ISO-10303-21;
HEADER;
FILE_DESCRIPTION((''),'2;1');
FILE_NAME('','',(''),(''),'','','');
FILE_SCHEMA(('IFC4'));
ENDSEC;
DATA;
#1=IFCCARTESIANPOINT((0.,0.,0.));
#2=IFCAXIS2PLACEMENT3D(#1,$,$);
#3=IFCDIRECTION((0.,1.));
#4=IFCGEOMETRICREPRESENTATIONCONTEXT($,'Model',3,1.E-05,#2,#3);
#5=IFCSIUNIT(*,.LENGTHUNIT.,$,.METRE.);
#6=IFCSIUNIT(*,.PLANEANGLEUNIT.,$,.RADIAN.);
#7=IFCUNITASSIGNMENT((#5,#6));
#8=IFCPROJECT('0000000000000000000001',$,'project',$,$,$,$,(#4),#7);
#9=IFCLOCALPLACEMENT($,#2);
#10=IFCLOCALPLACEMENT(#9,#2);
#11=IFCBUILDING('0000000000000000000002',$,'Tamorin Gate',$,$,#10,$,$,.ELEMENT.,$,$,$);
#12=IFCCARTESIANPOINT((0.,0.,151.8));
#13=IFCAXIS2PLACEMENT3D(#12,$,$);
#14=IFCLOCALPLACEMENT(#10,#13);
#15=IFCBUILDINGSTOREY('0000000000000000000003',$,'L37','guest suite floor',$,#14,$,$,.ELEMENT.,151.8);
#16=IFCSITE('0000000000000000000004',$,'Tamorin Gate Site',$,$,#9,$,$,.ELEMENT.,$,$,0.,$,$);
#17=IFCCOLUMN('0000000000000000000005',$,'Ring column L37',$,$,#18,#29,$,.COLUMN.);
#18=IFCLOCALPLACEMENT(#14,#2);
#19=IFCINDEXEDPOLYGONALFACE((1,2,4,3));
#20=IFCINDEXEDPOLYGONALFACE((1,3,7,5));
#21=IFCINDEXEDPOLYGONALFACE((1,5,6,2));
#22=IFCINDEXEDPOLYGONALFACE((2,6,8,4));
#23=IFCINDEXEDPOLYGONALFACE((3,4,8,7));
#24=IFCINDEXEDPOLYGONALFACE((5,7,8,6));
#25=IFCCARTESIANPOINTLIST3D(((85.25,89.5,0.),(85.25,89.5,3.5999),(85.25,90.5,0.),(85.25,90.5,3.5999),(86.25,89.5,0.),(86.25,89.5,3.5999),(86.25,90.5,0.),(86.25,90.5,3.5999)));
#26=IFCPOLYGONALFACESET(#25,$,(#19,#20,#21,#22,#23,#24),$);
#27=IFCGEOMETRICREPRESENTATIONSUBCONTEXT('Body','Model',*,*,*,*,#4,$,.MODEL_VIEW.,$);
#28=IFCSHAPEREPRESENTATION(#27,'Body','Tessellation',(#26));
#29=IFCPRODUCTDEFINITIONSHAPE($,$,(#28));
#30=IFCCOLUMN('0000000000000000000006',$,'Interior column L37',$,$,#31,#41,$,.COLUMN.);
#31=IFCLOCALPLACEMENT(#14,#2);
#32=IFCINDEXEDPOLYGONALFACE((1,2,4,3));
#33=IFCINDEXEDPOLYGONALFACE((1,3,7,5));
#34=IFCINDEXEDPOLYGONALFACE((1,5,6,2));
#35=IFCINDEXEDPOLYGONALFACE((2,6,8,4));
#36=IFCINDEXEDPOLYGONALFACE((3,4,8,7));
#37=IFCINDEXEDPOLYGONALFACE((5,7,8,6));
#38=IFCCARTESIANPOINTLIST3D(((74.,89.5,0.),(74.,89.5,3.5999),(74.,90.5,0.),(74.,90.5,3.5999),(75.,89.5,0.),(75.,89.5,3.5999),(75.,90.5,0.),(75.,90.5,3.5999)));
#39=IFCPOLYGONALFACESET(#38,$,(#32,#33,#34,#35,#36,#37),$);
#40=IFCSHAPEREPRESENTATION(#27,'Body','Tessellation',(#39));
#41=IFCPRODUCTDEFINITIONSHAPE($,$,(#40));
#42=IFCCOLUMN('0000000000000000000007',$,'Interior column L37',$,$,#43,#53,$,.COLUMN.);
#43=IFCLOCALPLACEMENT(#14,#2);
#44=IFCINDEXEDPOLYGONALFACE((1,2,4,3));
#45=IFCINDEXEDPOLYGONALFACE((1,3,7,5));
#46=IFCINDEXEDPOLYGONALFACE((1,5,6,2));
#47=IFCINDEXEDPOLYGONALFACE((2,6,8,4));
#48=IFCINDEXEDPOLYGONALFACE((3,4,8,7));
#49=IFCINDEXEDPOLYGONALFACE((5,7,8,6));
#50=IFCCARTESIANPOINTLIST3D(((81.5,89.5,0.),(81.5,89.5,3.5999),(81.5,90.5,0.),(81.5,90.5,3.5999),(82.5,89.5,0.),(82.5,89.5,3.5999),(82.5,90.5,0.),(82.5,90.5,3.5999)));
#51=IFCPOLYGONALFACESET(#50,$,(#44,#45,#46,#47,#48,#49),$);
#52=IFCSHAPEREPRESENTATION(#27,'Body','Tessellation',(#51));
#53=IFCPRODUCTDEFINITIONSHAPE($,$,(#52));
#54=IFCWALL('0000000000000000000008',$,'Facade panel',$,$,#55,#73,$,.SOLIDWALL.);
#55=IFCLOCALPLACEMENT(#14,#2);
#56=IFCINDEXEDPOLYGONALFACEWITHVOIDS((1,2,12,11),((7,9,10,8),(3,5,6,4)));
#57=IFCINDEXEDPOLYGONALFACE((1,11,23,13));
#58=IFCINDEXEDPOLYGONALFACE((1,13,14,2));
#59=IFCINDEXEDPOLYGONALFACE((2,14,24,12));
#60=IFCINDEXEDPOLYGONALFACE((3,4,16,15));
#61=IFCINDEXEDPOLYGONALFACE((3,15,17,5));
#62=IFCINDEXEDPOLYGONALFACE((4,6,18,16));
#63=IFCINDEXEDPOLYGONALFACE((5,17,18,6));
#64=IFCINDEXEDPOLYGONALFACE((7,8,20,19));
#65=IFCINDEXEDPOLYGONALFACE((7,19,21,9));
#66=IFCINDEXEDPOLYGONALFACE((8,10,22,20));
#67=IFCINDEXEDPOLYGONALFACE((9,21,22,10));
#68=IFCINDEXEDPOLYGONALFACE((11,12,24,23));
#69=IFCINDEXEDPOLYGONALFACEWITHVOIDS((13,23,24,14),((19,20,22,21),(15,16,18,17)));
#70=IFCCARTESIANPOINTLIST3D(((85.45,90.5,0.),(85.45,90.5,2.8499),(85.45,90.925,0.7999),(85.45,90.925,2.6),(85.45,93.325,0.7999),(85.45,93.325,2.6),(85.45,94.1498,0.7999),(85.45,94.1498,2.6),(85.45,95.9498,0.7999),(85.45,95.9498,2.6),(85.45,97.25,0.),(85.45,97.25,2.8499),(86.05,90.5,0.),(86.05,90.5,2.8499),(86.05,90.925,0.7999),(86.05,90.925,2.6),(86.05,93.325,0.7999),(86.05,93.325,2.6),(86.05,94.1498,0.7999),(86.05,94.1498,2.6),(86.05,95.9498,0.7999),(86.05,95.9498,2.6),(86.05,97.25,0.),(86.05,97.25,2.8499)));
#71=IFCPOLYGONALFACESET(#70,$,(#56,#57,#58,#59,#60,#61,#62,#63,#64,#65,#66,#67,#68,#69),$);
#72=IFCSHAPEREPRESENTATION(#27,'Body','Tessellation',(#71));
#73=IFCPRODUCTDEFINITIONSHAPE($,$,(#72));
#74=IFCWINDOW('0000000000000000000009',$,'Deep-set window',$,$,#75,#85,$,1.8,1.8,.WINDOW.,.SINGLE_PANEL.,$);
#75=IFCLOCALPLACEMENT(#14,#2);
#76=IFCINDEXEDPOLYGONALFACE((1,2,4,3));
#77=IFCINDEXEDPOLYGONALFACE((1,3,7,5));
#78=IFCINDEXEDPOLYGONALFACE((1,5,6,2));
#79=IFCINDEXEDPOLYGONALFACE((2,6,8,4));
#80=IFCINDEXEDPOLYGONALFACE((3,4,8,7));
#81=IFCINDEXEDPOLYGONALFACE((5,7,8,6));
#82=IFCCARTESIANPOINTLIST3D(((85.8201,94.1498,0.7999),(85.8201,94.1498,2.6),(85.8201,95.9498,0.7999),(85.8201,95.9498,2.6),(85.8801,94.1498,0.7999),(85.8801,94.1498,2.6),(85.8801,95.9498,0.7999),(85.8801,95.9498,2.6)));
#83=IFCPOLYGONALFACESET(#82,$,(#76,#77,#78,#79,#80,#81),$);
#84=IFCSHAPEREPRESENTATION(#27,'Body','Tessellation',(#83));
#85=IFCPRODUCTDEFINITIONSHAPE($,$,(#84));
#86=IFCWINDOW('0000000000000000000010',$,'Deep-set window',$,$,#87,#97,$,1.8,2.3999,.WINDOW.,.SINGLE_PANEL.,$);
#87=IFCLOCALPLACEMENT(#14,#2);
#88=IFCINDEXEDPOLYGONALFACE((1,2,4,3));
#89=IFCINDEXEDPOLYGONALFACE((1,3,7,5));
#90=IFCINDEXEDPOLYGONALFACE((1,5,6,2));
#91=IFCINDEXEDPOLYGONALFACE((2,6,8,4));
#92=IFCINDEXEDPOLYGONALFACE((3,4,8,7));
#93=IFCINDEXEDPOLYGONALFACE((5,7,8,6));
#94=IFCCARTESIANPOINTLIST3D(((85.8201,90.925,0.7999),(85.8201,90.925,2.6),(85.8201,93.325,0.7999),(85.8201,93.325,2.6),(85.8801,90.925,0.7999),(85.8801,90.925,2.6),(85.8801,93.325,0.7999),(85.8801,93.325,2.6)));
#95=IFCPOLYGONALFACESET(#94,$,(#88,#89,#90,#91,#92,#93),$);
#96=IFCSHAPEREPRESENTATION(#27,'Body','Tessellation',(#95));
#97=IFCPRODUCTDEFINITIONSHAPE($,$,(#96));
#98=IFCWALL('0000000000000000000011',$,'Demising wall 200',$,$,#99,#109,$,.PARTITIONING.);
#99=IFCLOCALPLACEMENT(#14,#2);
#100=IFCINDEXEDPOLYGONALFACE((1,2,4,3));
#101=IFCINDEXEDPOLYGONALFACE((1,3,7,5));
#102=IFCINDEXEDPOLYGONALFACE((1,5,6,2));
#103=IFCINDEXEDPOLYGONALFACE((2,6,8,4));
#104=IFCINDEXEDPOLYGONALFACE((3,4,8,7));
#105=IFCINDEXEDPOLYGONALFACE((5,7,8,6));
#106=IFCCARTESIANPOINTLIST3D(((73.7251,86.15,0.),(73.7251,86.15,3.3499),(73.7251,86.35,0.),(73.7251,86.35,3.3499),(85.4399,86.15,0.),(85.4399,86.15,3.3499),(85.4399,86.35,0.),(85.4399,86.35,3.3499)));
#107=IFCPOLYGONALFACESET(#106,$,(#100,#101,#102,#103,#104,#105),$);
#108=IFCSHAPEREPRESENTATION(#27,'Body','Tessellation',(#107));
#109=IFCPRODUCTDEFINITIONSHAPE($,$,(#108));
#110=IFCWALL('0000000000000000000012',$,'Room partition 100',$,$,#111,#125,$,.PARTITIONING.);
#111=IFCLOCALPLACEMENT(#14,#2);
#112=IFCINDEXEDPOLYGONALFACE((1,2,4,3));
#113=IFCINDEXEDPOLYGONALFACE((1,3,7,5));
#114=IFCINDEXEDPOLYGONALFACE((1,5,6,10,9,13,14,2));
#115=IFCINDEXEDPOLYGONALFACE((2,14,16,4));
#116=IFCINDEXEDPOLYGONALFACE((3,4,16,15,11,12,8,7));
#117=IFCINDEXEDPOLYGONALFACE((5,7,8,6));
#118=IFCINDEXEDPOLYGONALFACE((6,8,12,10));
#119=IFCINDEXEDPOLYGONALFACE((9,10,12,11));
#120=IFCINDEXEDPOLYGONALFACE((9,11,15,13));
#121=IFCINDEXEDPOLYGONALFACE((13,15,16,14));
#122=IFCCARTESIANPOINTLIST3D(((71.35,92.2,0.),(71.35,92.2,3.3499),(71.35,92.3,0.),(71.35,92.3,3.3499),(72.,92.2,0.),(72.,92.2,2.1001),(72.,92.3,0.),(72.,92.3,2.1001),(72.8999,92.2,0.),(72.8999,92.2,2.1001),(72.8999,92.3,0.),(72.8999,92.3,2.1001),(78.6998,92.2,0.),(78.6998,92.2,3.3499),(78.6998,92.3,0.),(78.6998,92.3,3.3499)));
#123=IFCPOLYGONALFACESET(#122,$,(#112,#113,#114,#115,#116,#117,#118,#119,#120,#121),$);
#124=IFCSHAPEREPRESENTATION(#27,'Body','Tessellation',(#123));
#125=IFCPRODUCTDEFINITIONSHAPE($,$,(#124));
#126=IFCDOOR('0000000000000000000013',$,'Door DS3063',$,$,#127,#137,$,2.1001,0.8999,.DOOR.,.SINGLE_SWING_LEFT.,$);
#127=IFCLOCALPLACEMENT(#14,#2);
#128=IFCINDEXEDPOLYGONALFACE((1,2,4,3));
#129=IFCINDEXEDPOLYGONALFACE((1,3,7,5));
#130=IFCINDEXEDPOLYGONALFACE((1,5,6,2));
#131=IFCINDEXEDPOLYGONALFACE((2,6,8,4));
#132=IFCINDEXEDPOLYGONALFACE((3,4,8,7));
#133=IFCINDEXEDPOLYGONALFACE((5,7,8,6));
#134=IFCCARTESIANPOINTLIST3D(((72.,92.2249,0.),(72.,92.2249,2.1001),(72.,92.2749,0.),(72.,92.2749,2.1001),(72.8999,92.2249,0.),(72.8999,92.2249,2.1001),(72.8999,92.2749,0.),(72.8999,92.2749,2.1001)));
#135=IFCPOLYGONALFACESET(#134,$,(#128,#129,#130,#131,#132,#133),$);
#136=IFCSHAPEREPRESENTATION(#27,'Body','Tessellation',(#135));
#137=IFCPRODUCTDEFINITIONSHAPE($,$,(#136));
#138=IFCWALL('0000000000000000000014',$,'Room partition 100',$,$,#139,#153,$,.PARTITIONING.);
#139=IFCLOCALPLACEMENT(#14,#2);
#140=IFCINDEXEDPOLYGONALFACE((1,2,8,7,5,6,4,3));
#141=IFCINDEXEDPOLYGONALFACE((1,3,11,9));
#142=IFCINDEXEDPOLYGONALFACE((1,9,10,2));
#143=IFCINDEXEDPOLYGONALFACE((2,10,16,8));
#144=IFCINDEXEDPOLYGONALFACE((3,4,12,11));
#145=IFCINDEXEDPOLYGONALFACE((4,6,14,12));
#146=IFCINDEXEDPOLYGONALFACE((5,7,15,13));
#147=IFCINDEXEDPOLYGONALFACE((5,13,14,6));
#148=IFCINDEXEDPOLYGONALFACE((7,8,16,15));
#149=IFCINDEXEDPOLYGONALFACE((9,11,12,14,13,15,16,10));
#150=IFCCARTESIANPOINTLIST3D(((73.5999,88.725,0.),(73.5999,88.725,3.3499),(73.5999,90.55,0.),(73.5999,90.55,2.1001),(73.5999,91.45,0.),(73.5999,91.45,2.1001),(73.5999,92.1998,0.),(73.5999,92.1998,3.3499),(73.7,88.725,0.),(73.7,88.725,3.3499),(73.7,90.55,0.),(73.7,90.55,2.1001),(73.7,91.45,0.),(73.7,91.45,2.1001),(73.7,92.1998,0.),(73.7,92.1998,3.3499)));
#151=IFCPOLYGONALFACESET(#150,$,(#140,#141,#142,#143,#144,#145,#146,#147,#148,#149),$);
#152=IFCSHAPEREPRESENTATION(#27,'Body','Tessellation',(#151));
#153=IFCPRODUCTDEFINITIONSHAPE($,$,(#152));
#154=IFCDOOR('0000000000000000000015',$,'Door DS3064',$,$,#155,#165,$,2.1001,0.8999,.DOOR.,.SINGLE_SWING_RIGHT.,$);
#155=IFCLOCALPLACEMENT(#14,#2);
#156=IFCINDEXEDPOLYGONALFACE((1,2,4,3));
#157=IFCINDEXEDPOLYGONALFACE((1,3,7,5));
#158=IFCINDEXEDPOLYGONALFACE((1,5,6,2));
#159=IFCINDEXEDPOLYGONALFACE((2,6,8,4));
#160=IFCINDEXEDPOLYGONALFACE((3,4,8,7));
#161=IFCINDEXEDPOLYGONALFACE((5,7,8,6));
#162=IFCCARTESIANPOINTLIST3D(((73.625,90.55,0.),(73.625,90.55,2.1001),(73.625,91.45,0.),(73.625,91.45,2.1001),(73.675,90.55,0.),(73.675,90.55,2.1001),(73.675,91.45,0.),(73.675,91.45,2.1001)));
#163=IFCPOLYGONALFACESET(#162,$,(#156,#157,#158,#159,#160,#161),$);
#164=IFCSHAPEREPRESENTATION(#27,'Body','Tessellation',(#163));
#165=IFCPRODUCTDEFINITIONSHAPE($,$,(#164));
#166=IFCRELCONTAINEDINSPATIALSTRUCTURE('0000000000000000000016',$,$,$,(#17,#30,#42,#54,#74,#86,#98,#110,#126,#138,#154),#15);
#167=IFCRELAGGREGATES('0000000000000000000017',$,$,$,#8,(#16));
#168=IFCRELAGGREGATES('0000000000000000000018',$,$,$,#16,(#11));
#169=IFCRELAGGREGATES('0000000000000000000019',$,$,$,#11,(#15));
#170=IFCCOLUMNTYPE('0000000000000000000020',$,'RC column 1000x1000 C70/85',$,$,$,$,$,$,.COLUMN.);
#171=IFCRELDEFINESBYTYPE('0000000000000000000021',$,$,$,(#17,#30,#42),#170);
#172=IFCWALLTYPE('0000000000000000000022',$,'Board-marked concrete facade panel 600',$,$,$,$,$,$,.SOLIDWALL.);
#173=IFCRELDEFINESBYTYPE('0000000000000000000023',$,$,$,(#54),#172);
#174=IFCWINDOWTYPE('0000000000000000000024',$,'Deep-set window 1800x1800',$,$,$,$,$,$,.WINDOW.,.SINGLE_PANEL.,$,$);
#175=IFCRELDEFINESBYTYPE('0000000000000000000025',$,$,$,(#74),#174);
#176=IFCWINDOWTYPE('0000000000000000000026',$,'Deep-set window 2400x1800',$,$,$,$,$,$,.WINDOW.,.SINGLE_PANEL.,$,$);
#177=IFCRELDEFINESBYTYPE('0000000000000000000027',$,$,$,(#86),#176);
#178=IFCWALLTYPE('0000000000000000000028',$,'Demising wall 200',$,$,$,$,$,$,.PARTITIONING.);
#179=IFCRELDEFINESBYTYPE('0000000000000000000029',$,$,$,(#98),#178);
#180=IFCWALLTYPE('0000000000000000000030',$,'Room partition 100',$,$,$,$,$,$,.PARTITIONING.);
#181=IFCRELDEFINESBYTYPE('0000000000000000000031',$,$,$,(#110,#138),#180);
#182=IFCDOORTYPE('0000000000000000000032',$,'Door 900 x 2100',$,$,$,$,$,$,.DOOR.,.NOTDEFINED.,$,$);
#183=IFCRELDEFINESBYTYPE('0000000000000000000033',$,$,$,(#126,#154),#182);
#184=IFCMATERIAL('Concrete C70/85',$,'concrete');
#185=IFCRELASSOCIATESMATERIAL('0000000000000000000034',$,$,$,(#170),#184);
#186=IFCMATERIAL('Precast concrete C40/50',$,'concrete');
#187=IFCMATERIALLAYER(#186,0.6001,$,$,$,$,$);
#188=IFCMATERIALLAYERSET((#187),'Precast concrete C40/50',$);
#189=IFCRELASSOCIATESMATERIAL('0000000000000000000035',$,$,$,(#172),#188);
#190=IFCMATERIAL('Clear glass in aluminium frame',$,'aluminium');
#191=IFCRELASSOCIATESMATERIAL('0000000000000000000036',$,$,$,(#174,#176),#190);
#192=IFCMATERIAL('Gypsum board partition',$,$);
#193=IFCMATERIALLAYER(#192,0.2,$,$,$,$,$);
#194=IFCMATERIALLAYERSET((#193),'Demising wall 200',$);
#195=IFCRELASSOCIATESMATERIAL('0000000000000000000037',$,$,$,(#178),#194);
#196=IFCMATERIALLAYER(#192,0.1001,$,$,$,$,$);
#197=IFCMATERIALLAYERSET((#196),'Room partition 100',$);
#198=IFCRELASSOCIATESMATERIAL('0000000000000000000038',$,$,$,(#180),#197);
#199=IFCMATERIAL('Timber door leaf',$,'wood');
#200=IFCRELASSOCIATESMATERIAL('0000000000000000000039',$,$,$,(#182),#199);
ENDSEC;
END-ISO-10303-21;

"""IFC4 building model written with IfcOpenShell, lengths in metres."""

from ifc_helpers import new_model, si_unit, direction, frame, frame_2d, origin, origin_2d, place, context, subcontext, project, spatial, rectangle, extrude, material, layer, layer_set, material_profile, profile_set, type_object, element, fill, save


model = new_model("IFC4")

# Units and contexts
model_context = context("Model", 3, precision=1e-05, world=origin(), true_north=direction((0.0, 1.0)))
body_context = subcontext(model_context, "Body", "Model", "MODEL_VIEW")
ifc_project = project(units=[si_unit("LENGTHUNIT", "METRE"), si_unit("PLANEANGLEUNIT", "RADIAN")], contexts=[model_context])

# Site, building, storey
site_placement = place(None, origin())
site = spatial("IfcSite", under=ifc_project, at=site_placement, Name="Tamorin Gate Site", CompositionType="ELEMENT", RefElevation=0.0)
building_placement = place(site_placement, origin())
building = spatial("IfcBuilding", under=site, at=building_placement, Name="Tamorin Gate", CompositionType="ELEMENT")
storey_placement = place(building_placement, frame((0.0, 0.0, 151.8)))
storey = spatial("IfcBuildingStorey", under=building, at=storey_placement, Name="L37", Description="guest suite floor", CompositionType="ELEMENT", Elevation=151.8)

# Columns
ifc_material_1 = material(Name="Concrete C70/85", Category="concrete")
ifc_material_profile = material_profile(ifc_material_1, rectangle(XDim=1.0, YDim=1.0, at=origin_2d()), Name="RC 1000x1000")
ifc_profile_set = profile_set([ifc_material_profile], Name="Concrete C70/85")
column_type = type_object("IfcColumnType", Name="RC column 1000x1000 C70/85", PredefinedType="COLUMN", material=ifc_profile_set)
for number, where, z_axis, x_axis, name in (
    (1, (85.75, 90.0, 0.0), (0.0, 0.0, 1.0), (1.0, 0.0, 0.0), "Ring column L37"),
    (2, (74.5, 90.0, 0.0), (0.0, 0.0, 1.0), (1.0, 0.0, 0.0), "Interior column L37"),
    (3, (82.0, 90.0, 0.0), (0.0, 0.0, 1.0), (1.0, 0.0, 0.0), "Interior column L37"),
):
    element("IfcColumn", number, at=place(storey_placement, frame(where, z_axis=z_axis, x_axis=x_axis)), inside=storey, type_object=column_type, Name=name, PredefinedType="COLUMN", context=body_context, shape_type="SweptSolid", body=[
        extrude(rectangle(XDim=1.0, YDim=1.0, at=origin_2d()), origin(), (0.0, 0.0, 1.0), 3.5999),
    ])

# Wall, openings, windows
ifc_material_2 = material(Name="Precast concrete C40/50", Category="concrete")
ifc_layer_1 = layer(ifc_material_2, 0.6001)
ifc_layer_set_1 = layer_set([ifc_layer_1], Name="Precast concrete C40/50")
wall_type_1 = type_object("IfcWallType", Name="Board-marked concrete facade panel 600", PredefinedType="SOLIDWALL", material=ifc_layer_set_1)
wall_1_placement = place(storey_placement, frame((85.75, 90.5, 0.0), z_axis=(0.0, 0.0, 1.0), x_axis=(0.0, 1.0, 0.0)))
wall_1 = element("IfcWall", 4, at=wall_1_placement, inside=storey, type_object=wall_type_1, Name="Facade panel", PredefinedType="SOLIDWALL", context=body_context, shape_type="SweptSolid", body=[
    extrude(rectangle(XDim=6.75, YDim=0.6001, at=frame_2d((3.375, 0.0))), origin(), (0.0, 0.0, 1.0), 2.8499),
])
opening_1_placement = place(wall_1_placement, frame((0.425, 0.0, 0.8)))
opening_1 = element("IfcOpeningElement", 5, at=opening_1_placement, cuts=wall_1, PredefinedType="OPENING", context=body_context, shape_type="SweptSolid", body=[
    extrude(rectangle(XDim=2.3999, YDim=1.8, at=frame_2d((1.2, 0.8999))), frame((0.0, 0.3101, 0.0), z_axis=(0.0, -1.0, 0.0), x_axis=(1.0, 0.0, 0.0)), (0.0, 0.0, 1.0), 0.6201),
])
opening_2_placement = place(wall_1_placement, frame((3.6499, 0.0, 0.8)))
opening_2 = element("IfcOpeningElement", 6, at=opening_2_placement, cuts=wall_1, PredefinedType="OPENING", context=body_context, shape_type="SweptSolid", body=[
    extrude(rectangle(XDim=1.8, YDim=1.8, at=frame_2d((0.8999, 0.8999))), frame((0.0, 0.3101, 0.0), z_axis=(0.0, -1.0, 0.0), x_axis=(1.0, 0.0, 0.0)), (0.0, 0.0, 1.0), 0.6201),
])
ifc_material_3 = material(Name="Clear glass in aluminium frame", Category="aluminium")
window_type_1 = type_object("IfcWindowType", Name="Deep-set window 1800x1800", PartitioningType="SINGLE_PANEL", PredefinedType="WINDOW", material=ifc_material_3)
window_1_placement = place(opening_2_placement, origin())
window_1 = element("IfcWindow", 7, at=window_1_placement, inside=storey, type_object=window_type_1, Name="Deep-set window", OverallHeight=1.8, OverallWidth=1.8, PartitioningType="SINGLE_PANEL", PredefinedType="WINDOW", context=body_context, shape_type="SweptSolid", body=[
    extrude(rectangle(XDim=1.8, YDim=1.8, at=frame_2d((0.8999, 0.8999))), frame((0.0, -0.0701, 0.0), z_axis=(0.0, -1.0, 0.0), x_axis=(1.0, 0.0, 0.0)), (0.0, 0.0, 1.0), 0.0601),
])
fill(opening_2, window_1)
window_type_2 = type_object("IfcWindowType", Name="Deep-set window 2400x1800", PartitioningType="SINGLE_PANEL", PredefinedType="WINDOW", material=ifc_material_3)
window_2_placement = place(opening_1_placement, origin())
window_2 = element("IfcWindow", 8, at=window_2_placement, inside=storey, type_object=window_type_2, Name="Deep-set window", OverallHeight=1.8, OverallWidth=2.3999, PartitioningType="SINGLE_PANEL", PredefinedType="WINDOW", context=body_context, shape_type="SweptSolid", body=[
    extrude(rectangle(XDim=2.3999, YDim=1.8, at=frame_2d((1.2, 0.8999))), frame((0.0, -0.0701, 0.0), z_axis=(0.0, -1.0, 0.0), x_axis=(1.0, 0.0, 0.0)), (0.0, 0.0, 1.0), 0.0601),
])
fill(opening_1, window_2)

# Wall
ifc_material_4 = material(Name="Gypsum board partition")
ifc_layer_2 = layer(ifc_material_4, 0.2)
ifc_layer_set_2 = layer_set([ifc_layer_2], Name="Demising wall 200")
wall_type_2 = type_object("IfcWallType", Name="Demising wall 200", PredefinedType="PARTITIONING", material=ifc_layer_set_2)
wall_2_placement = place(storey_placement, frame((73.7251, 86.25, 0.0), z_axis=(0.0, 0.0, 1.0), x_axis=(1.0, 0.0, 0.0)))
element("IfcWall", 9, at=wall_2_placement, inside=storey, type_object=wall_type_2, Name="Demising wall 200", PredefinedType="PARTITIONING", context=body_context, shape_type="SweptSolid", body=[
    extrude(rectangle(XDim=11.7148, YDim=0.2, at=frame_2d((5.8574, 0.0))), origin(), (0.0, 0.0, 1.0), 3.3499),
])

# Walls, openings, doors
ifc_layer_3 = layer(ifc_material_4, 0.1001)
ifc_layer_set_3 = layer_set([ifc_layer_3], Name="Room partition 100")
wall_type_3 = type_object("IfcWallType", Name="Room partition 100", PredefinedType="PARTITIONING", material=ifc_layer_set_3)
wall_3_placement = place(storey_placement, frame((71.3501, 92.25, 0.0), z_axis=(0.0, 0.0, 1.0), x_axis=(1.0, 0.0, 0.0)))
wall_3 = element("IfcWall", 10, at=wall_3_placement, inside=storey, type_object=wall_type_3, Name="Room partition 100", PredefinedType="PARTITIONING", context=body_context, shape_type="SweptSolid", body=[
    extrude(rectangle(XDim=7.3499, YDim=0.1001, at=frame_2d((3.6748, 0.0))), origin(), (0.0, 0.0, 1.0), 3.3499),
])
opening_3_placement = place(wall_3_placement, frame((0.6499, 0.0, 0.0)))
opening_3 = element("IfcOpeningElement", 11, at=opening_3_placement, cuts=wall_3, PredefinedType="OPENING", context=body_context, shape_type="SweptSolid", body=[
    extrude(rectangle(XDim=0.8999, YDim=2.1001, at=frame_2d((0.45, 1.05))), frame((0.0, 0.0601, 0.0), z_axis=(0.0, -1.0, 0.0), x_axis=(1.0, 0.0, 0.0)), (0.0, 0.0, 1.0), 0.1201),
])
ifc_material_5 = material(Name="Timber door leaf", Category="wood")
door_type = type_object("IfcDoorType", Name="Door 900 x 2100", OperationType="NOTDEFINED", PredefinedType="DOOR", material=ifc_material_5)
door_1_placement = place(opening_3_placement, origin())
door_1 = element("IfcDoor", 12, at=door_1_placement, inside=storey, type_object=door_type, Name="Door DS3063", OperationType="SINGLE_SWING_LEFT", OverallHeight=2.1001, OverallWidth=0.8999, PredefinedType="DOOR", context=body_context, shape_type="SweptSolid", body=[
    extrude(rectangle(XDim=0.8999, YDim=2.1001, at=frame_2d((0.45, 1.05))), frame((0.0, 0.0249, 0.0), z_axis=(0.0, -1.0, 0.0), x_axis=(1.0, 0.0, 0.0)), (0.0, 0.0, 1.0), 0.05),
])
fill(opening_3, door_1)
wall_4_placement = place(storey_placement, frame((73.6499, 88.7251, 0.0), z_axis=(0.0, 0.0, 1.0), x_axis=(0.0, 1.0, 0.0)))
wall_4 = element("IfcWall", 13, at=wall_4_placement, inside=storey, type_object=wall_type_3, Name="Room partition 100", PredefinedType="PARTITIONING", context=body_context, shape_type="SweptSolid", body=[
    extrude(rectangle(XDim=3.4749, YDim=0.1001, at=frame_2d((1.7373, 0.0))), origin(), (0.0, 0.0, 1.0), 3.3499),
])
opening_4_placement = place(wall_4_placement, frame((1.825, 0.0, 0.0)))
opening_4 = element("IfcOpeningElement", 14, at=opening_4_placement, cuts=wall_4, PredefinedType="OPENING", context=body_context, shape_type="SweptSolid", body=[
    extrude(rectangle(XDim=0.8999, YDim=2.1001, at=frame_2d((0.45, 1.05))), frame((0.0, 0.0601, 0.0), z_axis=(0.0, -1.0, 0.0), x_axis=(1.0, 0.0, 0.0)), (0.0, 0.0, 1.0), 0.1201),
])
door_2_placement = place(opening_4_placement, origin())
door_2 = element("IfcDoor", 15, at=door_2_placement, inside=storey, type_object=door_type, Name="Door DS3064", OperationType="SINGLE_SWING_RIGHT", OverallHeight=2.1001, OverallWidth=0.8999, PredefinedType="DOOR", context=body_context, shape_type="SweptSolid", body=[
    extrude(rectangle(XDim=0.8999, YDim=2.1001, at=frame_2d((0.45, 1.05))), frame((0.0, 0.0249, 0.0), z_axis=(0.0, -1.0, 0.0), x_axis=(1.0, 0.0, 0.0)), (0.0, 0.0, 1.0), 0.05),
])
fill(opening_4, door_2)

save(model, "model.ifc")
